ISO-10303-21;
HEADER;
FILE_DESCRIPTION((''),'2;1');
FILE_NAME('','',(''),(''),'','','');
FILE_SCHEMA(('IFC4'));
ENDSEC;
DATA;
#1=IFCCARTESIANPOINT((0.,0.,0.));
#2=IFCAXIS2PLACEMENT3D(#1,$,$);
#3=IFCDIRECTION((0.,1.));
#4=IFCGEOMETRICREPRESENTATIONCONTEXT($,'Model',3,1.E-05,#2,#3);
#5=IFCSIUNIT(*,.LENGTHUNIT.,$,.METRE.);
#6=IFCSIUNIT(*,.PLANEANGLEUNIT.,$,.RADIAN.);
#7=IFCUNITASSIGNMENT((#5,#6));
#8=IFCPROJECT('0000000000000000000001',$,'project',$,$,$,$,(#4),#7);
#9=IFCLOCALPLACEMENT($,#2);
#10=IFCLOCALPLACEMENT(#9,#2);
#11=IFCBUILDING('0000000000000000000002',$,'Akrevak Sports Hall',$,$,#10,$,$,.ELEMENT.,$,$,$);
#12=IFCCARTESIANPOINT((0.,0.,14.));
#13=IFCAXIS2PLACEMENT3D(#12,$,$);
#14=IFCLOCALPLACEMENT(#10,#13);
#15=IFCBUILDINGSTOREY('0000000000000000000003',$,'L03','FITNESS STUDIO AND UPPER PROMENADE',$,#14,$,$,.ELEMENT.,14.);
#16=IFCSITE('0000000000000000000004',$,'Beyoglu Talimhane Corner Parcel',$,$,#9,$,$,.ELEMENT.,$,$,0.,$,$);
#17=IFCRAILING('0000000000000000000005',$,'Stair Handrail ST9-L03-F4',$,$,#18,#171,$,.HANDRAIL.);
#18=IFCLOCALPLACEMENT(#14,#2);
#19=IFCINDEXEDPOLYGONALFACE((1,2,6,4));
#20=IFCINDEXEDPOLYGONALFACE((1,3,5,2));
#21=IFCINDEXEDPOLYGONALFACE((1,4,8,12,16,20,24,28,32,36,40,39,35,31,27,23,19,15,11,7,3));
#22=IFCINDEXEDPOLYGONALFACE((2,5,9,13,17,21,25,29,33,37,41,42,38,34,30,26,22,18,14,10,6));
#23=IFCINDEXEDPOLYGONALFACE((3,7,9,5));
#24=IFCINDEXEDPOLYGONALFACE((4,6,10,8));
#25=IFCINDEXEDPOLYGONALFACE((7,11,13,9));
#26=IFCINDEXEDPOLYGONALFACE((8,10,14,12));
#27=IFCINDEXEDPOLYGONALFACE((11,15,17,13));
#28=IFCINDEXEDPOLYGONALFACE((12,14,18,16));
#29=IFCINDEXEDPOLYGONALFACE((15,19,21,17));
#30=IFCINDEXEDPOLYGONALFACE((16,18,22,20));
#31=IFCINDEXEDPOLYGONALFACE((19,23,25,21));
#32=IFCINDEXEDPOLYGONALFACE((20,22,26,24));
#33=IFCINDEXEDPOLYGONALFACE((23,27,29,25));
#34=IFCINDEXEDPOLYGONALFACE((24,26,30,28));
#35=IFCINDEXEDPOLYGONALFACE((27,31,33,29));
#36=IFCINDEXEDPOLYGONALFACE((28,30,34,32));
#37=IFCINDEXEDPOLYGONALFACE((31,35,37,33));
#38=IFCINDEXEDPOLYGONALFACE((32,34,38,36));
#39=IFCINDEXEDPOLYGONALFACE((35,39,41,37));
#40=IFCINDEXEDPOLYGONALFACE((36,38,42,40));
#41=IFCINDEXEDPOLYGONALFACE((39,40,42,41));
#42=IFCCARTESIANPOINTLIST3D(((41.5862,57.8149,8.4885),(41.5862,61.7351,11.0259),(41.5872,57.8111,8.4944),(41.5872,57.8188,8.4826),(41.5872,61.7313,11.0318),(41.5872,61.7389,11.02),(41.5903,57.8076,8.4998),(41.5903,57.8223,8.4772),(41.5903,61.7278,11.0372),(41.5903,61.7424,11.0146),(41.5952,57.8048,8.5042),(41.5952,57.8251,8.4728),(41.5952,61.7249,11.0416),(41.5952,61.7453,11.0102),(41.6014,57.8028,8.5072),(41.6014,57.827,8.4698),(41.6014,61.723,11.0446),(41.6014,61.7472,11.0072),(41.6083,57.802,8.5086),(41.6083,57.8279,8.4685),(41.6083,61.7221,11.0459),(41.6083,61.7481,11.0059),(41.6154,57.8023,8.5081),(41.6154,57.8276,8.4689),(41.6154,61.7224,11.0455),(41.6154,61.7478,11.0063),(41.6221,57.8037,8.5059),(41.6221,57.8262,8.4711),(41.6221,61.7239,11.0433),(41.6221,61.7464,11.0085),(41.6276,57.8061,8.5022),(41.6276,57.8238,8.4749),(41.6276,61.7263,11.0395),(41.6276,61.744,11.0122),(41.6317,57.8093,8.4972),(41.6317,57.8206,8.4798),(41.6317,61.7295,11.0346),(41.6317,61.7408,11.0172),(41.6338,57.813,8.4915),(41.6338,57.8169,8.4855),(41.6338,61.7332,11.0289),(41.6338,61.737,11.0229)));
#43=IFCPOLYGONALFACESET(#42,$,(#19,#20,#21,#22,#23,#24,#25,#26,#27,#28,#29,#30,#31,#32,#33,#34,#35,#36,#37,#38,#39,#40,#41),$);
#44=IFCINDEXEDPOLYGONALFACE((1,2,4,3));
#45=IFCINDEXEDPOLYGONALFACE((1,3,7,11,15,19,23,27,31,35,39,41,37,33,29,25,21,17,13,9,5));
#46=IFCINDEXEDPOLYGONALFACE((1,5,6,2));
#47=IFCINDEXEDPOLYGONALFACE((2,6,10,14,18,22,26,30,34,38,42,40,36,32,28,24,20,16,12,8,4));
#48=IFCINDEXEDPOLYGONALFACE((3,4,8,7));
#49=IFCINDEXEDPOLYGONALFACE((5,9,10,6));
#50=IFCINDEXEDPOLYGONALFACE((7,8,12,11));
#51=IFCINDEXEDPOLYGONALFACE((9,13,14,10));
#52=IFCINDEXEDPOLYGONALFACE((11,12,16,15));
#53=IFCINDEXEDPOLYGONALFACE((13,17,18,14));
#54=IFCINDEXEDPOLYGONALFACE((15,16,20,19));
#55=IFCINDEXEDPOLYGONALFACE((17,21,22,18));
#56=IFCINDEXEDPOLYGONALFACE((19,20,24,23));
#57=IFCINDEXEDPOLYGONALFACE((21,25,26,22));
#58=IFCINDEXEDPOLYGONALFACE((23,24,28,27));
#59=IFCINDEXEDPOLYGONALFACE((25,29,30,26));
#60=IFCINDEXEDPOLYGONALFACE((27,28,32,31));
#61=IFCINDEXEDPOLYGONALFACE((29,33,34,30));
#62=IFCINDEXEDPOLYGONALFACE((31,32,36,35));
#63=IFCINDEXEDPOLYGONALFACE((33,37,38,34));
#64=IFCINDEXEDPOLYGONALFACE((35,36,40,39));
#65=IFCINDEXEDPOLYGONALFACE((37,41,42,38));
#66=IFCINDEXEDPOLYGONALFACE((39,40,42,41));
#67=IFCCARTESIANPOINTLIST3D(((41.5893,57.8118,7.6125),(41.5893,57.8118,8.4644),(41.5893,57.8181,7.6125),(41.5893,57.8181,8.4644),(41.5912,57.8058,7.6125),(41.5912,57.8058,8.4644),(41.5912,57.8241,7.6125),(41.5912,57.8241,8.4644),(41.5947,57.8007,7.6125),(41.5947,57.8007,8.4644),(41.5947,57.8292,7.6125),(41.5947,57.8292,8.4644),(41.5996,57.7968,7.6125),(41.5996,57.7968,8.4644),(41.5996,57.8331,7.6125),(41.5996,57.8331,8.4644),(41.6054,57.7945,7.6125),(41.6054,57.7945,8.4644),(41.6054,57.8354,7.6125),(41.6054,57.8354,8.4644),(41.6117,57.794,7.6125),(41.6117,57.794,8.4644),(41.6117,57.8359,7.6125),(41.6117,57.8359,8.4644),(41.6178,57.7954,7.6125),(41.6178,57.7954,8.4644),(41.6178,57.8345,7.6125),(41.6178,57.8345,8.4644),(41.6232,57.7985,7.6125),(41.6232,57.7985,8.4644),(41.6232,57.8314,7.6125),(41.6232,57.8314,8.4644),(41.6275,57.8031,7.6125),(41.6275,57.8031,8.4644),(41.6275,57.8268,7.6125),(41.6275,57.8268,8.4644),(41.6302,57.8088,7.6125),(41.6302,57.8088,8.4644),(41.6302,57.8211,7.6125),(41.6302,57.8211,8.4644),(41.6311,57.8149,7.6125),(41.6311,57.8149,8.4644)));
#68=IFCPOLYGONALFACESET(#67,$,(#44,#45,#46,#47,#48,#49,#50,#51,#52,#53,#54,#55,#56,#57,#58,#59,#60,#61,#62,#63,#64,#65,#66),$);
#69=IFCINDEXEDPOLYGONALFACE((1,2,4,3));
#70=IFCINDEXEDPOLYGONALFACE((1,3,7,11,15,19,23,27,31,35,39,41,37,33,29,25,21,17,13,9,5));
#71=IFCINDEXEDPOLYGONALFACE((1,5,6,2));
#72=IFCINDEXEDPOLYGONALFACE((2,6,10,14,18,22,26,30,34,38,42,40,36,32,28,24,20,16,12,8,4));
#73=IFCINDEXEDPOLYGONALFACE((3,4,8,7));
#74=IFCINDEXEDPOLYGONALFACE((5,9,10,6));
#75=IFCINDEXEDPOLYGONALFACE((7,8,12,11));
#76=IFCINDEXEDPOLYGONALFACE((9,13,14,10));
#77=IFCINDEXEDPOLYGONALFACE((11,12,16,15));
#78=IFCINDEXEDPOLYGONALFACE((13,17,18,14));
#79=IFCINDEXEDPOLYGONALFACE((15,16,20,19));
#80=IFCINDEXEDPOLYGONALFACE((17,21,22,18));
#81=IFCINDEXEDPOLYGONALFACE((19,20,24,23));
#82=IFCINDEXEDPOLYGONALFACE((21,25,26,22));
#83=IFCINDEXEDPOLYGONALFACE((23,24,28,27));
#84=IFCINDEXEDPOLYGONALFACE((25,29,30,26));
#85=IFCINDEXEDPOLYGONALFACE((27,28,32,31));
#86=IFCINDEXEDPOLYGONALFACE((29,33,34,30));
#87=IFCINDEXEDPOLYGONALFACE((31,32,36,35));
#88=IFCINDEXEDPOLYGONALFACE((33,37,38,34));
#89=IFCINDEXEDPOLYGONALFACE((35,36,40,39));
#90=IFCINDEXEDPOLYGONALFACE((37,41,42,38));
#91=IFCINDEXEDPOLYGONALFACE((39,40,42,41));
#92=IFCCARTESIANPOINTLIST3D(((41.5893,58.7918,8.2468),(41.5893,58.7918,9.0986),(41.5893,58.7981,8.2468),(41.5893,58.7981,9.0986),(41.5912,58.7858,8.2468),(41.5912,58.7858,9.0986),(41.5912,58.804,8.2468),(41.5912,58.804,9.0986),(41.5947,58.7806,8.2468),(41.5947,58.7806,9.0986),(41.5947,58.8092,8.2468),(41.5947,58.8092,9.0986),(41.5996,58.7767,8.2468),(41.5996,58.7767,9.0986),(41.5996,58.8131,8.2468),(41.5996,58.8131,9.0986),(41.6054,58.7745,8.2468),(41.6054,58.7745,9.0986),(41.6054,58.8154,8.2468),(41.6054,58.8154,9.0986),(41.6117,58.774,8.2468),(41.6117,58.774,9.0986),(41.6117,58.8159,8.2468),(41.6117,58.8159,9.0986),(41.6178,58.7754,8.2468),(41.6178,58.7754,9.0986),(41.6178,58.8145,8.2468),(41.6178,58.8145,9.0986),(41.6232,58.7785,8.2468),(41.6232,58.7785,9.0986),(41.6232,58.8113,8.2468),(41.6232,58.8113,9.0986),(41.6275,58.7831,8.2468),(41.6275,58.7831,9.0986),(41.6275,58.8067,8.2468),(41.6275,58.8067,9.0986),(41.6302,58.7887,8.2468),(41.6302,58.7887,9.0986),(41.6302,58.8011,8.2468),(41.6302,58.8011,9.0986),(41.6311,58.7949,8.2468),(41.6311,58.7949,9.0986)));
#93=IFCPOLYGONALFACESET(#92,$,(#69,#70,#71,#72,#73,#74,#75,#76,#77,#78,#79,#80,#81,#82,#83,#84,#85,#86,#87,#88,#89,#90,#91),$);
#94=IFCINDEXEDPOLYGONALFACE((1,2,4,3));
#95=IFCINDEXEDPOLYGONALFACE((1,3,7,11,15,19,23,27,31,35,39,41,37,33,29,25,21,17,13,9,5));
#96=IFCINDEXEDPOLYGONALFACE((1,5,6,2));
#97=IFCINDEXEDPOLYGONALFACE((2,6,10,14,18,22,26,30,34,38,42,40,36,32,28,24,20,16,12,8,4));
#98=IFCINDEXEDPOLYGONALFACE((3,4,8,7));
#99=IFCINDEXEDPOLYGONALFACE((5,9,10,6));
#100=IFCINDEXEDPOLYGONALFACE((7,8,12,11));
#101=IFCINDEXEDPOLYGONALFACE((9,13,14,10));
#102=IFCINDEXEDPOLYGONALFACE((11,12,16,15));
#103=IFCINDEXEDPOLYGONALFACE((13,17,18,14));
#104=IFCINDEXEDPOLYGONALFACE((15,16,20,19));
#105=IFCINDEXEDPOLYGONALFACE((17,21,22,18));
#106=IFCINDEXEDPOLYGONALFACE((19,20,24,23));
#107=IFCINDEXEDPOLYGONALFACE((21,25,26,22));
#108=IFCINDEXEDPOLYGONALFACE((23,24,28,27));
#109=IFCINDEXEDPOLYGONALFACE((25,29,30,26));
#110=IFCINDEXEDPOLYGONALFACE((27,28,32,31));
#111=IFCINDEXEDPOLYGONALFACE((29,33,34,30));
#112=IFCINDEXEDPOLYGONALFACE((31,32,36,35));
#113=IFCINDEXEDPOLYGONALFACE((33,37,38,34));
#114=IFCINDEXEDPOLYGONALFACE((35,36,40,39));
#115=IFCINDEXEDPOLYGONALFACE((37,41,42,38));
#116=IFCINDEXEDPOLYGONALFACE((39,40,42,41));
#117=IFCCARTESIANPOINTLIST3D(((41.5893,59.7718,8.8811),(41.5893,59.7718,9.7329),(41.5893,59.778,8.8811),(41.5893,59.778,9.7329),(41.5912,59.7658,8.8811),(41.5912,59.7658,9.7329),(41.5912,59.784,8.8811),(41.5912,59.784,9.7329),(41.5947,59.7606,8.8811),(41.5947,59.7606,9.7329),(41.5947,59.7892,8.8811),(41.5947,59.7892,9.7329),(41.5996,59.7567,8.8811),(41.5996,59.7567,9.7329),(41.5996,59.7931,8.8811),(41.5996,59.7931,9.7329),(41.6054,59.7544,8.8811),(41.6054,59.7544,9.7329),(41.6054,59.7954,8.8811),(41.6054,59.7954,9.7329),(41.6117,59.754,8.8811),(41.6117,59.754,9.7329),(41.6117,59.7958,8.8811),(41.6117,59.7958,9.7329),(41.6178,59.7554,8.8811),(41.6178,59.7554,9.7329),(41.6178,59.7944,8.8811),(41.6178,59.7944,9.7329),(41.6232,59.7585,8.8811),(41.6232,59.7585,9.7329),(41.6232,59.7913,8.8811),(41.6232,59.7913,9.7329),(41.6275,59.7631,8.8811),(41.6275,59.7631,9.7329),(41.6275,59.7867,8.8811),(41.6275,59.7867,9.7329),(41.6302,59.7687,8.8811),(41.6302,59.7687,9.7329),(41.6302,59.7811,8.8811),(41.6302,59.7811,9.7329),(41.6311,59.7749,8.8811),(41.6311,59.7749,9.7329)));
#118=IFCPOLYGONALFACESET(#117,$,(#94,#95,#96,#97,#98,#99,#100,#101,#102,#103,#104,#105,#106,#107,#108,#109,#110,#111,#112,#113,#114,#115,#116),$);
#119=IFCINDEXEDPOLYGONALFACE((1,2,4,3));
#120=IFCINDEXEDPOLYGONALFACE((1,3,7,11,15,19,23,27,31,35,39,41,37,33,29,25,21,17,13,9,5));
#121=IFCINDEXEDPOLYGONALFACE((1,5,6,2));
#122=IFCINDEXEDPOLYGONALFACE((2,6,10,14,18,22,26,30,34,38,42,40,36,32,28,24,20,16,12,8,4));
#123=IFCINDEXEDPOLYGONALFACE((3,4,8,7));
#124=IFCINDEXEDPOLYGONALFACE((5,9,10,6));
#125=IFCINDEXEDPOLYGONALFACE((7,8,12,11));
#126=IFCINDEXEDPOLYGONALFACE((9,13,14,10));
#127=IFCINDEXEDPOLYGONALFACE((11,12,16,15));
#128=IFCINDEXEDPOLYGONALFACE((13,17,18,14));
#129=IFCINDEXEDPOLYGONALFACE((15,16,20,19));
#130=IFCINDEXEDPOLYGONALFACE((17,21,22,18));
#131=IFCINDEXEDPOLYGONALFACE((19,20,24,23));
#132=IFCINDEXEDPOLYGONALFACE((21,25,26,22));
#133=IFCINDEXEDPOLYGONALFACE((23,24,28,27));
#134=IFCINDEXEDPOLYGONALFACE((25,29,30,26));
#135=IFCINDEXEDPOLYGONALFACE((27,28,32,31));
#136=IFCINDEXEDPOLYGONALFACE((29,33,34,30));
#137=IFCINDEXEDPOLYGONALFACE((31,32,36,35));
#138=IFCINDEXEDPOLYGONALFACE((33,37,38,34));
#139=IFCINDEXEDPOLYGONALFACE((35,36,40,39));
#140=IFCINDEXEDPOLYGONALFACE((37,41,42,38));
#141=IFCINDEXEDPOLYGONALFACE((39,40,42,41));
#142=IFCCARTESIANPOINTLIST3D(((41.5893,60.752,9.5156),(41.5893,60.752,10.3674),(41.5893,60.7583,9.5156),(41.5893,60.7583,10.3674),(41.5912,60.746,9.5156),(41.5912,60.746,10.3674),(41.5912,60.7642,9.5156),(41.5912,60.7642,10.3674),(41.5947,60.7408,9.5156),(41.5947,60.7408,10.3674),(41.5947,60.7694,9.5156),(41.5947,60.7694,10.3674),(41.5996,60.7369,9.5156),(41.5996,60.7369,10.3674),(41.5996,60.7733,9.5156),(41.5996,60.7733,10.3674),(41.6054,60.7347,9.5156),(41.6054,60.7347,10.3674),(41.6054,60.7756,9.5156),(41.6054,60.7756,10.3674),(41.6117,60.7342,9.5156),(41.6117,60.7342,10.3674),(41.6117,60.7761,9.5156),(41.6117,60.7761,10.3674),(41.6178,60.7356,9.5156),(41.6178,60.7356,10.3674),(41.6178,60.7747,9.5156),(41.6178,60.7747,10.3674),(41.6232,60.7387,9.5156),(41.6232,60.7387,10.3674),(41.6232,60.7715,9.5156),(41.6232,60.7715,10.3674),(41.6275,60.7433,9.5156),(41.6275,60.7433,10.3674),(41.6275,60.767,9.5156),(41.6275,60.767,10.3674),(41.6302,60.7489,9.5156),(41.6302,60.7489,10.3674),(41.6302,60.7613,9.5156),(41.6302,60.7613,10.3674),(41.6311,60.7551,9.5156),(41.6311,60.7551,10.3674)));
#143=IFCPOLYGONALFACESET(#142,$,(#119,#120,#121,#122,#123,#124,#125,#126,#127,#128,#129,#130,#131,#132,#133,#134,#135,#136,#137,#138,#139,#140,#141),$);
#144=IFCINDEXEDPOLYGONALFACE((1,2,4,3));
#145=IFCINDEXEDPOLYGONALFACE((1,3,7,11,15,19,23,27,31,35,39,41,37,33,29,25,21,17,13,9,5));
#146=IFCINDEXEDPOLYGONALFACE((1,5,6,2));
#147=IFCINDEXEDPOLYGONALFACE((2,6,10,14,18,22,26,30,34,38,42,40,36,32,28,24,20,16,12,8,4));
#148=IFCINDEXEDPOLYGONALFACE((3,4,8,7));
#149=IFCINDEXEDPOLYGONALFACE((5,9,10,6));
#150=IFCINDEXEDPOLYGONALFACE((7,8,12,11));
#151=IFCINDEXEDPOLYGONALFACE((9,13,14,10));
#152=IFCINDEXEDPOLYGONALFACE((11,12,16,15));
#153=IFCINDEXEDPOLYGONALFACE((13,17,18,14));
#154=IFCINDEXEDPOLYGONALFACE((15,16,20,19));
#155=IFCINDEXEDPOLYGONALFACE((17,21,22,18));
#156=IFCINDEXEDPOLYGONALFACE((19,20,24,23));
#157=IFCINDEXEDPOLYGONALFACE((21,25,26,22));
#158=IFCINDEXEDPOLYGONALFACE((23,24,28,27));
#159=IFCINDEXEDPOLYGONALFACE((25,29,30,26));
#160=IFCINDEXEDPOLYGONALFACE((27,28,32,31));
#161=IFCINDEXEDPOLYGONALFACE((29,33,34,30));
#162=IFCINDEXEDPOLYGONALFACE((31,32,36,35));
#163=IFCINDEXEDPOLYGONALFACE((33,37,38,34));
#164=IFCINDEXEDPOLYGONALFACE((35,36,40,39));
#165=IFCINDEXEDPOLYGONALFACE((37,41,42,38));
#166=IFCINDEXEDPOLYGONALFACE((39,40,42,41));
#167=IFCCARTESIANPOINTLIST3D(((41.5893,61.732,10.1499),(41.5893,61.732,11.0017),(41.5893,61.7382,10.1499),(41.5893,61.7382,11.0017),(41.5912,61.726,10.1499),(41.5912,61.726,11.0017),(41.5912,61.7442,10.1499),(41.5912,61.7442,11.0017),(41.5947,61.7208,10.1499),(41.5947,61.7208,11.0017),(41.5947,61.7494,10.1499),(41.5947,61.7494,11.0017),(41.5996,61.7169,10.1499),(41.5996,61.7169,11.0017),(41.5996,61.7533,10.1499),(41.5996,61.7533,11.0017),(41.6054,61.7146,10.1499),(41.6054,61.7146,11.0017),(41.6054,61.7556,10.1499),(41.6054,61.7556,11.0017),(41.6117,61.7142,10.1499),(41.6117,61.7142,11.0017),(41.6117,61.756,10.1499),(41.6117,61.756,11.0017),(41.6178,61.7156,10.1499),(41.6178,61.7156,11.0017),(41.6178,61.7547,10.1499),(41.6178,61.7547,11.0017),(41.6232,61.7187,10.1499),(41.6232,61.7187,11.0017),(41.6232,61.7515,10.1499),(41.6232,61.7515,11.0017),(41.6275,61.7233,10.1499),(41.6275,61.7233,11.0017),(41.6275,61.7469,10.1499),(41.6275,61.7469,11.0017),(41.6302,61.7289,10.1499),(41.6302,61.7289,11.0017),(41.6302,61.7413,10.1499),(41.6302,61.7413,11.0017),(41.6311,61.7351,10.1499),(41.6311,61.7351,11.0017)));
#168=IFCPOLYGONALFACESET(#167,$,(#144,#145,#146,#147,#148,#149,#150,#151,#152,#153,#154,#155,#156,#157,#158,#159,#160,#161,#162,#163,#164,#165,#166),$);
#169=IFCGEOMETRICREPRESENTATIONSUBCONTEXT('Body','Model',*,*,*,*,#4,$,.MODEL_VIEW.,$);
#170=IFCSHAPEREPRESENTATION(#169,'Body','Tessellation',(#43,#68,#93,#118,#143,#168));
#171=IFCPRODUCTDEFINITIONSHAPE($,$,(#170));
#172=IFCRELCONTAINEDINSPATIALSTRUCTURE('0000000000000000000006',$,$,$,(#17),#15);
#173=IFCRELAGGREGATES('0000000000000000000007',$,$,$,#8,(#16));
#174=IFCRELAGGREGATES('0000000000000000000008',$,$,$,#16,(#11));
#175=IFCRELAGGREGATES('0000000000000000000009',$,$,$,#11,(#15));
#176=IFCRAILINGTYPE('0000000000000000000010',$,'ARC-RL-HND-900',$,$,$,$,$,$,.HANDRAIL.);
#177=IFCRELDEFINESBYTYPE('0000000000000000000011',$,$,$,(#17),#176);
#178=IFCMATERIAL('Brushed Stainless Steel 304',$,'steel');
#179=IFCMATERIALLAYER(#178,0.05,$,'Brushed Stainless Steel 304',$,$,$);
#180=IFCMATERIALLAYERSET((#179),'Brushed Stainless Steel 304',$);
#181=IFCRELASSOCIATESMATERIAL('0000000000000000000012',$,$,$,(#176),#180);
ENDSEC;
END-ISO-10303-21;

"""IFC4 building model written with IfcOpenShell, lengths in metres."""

from ifc_helpers import new_model, si_unit, direction, frame, origin, origin_2d, place, context, subcontext, project, spatial, circle, extrude, material, layer, layer_set, type_object, element, save


model = new_model("IFC4")

# Units and contexts
model_context = context("Model", 3, precision=1e-05, world=origin(), true_north=direction((0.0, 1.0)))
body_context = subcontext(model_context, "Body", "Model", "MODEL_VIEW")
ifc_project = project(units=[si_unit("LENGTHUNIT", "METRE"), si_unit("PLANEANGLEUNIT", "RADIAN")], contexts=[model_context])

# Site, building, storey
site_placement = place(None, origin())
site = spatial("IfcSite", under=ifc_project, at=site_placement, Name="Beyoglu Talimhane Corner Parcel", CompositionType="ELEMENT", RefElevation=0.0)
building_placement = place(site_placement, origin())
building = spatial("IfcBuilding", under=site, at=building_placement, Name="Akrevak Sports Hall", CompositionType="ELEMENT")
storey_placement = place(building_placement, frame((0.0, 0.0, 14.0)))
storey = spatial("IfcBuildingStorey", under=building, at=storey_placement, Name="L03", Description="FITNESS STUDIO AND UPPER PROMENADE", CompositionType="ELEMENT", Elevation=14.0)

# Railing
ifc_material_1 = material(Name="Brushed Stainless Steel 304", Category="steel")
ifc_layer_1 = layer(ifc_material_1, 0.05, Name="Brushed Stainless Steel 304")
ifc_layer_set_1 = layer_set([ifc_layer_1], Name="Brushed Stainless Steel 304")
railing_type_1 = type_object("IfcRailingType", Name="ARC-RL-HND-900", PredefinedType="HANDRAIL", material=ifc_layer_set_1)
railing_1_placement = place(storey_placement, frame((41.6101, 57.8149, 7.6125)))
element("IfcRailing", 1, at=railing_1_placement, inside=storey, type_object=railing_type_1, Name="Stair Handrail ST9-L03-F4", PredefinedType="HANDRAIL", context=body_context, shape_type="SweptSolid", body=[
    extrude(circle(Radius=0.0239, at=origin_2d()), frame((0.0, 0.0, 0.876), z_axis=(0.0, 0.839494, 0.543368), x_axis=(-1.0, 0.0, 0.0)), (0.0, 0.0, 1.0), 4.6697),
    extrude(circle(Radius=0.021, at=origin_2d()), origin(), (0.0, 0.0, 1.0), 0.8518),
    extrude(circle(Radius=0.021, at=origin_2d()), frame((0.0, 0.98, 0.6343)), (0.0, 0.0, 1.0), 0.8518),
    extrude(circle(Radius=0.021, at=origin_2d()), frame((0.0, 1.96, 1.2686)), (0.0, 0.0, 1.0), 0.8518),
    extrude(circle(Radius=0.021, at=origin_2d()), frame((0.0, 2.9402, 1.9031)), (0.0, 0.0, 1.0), 0.8518),
    extrude(circle(Radius=0.021, at=origin_2d()), frame((0.0, 3.9202, 2.5374)), (0.0, 0.0, 1.0), 0.8518),
])

save(model, "model.ifc")
